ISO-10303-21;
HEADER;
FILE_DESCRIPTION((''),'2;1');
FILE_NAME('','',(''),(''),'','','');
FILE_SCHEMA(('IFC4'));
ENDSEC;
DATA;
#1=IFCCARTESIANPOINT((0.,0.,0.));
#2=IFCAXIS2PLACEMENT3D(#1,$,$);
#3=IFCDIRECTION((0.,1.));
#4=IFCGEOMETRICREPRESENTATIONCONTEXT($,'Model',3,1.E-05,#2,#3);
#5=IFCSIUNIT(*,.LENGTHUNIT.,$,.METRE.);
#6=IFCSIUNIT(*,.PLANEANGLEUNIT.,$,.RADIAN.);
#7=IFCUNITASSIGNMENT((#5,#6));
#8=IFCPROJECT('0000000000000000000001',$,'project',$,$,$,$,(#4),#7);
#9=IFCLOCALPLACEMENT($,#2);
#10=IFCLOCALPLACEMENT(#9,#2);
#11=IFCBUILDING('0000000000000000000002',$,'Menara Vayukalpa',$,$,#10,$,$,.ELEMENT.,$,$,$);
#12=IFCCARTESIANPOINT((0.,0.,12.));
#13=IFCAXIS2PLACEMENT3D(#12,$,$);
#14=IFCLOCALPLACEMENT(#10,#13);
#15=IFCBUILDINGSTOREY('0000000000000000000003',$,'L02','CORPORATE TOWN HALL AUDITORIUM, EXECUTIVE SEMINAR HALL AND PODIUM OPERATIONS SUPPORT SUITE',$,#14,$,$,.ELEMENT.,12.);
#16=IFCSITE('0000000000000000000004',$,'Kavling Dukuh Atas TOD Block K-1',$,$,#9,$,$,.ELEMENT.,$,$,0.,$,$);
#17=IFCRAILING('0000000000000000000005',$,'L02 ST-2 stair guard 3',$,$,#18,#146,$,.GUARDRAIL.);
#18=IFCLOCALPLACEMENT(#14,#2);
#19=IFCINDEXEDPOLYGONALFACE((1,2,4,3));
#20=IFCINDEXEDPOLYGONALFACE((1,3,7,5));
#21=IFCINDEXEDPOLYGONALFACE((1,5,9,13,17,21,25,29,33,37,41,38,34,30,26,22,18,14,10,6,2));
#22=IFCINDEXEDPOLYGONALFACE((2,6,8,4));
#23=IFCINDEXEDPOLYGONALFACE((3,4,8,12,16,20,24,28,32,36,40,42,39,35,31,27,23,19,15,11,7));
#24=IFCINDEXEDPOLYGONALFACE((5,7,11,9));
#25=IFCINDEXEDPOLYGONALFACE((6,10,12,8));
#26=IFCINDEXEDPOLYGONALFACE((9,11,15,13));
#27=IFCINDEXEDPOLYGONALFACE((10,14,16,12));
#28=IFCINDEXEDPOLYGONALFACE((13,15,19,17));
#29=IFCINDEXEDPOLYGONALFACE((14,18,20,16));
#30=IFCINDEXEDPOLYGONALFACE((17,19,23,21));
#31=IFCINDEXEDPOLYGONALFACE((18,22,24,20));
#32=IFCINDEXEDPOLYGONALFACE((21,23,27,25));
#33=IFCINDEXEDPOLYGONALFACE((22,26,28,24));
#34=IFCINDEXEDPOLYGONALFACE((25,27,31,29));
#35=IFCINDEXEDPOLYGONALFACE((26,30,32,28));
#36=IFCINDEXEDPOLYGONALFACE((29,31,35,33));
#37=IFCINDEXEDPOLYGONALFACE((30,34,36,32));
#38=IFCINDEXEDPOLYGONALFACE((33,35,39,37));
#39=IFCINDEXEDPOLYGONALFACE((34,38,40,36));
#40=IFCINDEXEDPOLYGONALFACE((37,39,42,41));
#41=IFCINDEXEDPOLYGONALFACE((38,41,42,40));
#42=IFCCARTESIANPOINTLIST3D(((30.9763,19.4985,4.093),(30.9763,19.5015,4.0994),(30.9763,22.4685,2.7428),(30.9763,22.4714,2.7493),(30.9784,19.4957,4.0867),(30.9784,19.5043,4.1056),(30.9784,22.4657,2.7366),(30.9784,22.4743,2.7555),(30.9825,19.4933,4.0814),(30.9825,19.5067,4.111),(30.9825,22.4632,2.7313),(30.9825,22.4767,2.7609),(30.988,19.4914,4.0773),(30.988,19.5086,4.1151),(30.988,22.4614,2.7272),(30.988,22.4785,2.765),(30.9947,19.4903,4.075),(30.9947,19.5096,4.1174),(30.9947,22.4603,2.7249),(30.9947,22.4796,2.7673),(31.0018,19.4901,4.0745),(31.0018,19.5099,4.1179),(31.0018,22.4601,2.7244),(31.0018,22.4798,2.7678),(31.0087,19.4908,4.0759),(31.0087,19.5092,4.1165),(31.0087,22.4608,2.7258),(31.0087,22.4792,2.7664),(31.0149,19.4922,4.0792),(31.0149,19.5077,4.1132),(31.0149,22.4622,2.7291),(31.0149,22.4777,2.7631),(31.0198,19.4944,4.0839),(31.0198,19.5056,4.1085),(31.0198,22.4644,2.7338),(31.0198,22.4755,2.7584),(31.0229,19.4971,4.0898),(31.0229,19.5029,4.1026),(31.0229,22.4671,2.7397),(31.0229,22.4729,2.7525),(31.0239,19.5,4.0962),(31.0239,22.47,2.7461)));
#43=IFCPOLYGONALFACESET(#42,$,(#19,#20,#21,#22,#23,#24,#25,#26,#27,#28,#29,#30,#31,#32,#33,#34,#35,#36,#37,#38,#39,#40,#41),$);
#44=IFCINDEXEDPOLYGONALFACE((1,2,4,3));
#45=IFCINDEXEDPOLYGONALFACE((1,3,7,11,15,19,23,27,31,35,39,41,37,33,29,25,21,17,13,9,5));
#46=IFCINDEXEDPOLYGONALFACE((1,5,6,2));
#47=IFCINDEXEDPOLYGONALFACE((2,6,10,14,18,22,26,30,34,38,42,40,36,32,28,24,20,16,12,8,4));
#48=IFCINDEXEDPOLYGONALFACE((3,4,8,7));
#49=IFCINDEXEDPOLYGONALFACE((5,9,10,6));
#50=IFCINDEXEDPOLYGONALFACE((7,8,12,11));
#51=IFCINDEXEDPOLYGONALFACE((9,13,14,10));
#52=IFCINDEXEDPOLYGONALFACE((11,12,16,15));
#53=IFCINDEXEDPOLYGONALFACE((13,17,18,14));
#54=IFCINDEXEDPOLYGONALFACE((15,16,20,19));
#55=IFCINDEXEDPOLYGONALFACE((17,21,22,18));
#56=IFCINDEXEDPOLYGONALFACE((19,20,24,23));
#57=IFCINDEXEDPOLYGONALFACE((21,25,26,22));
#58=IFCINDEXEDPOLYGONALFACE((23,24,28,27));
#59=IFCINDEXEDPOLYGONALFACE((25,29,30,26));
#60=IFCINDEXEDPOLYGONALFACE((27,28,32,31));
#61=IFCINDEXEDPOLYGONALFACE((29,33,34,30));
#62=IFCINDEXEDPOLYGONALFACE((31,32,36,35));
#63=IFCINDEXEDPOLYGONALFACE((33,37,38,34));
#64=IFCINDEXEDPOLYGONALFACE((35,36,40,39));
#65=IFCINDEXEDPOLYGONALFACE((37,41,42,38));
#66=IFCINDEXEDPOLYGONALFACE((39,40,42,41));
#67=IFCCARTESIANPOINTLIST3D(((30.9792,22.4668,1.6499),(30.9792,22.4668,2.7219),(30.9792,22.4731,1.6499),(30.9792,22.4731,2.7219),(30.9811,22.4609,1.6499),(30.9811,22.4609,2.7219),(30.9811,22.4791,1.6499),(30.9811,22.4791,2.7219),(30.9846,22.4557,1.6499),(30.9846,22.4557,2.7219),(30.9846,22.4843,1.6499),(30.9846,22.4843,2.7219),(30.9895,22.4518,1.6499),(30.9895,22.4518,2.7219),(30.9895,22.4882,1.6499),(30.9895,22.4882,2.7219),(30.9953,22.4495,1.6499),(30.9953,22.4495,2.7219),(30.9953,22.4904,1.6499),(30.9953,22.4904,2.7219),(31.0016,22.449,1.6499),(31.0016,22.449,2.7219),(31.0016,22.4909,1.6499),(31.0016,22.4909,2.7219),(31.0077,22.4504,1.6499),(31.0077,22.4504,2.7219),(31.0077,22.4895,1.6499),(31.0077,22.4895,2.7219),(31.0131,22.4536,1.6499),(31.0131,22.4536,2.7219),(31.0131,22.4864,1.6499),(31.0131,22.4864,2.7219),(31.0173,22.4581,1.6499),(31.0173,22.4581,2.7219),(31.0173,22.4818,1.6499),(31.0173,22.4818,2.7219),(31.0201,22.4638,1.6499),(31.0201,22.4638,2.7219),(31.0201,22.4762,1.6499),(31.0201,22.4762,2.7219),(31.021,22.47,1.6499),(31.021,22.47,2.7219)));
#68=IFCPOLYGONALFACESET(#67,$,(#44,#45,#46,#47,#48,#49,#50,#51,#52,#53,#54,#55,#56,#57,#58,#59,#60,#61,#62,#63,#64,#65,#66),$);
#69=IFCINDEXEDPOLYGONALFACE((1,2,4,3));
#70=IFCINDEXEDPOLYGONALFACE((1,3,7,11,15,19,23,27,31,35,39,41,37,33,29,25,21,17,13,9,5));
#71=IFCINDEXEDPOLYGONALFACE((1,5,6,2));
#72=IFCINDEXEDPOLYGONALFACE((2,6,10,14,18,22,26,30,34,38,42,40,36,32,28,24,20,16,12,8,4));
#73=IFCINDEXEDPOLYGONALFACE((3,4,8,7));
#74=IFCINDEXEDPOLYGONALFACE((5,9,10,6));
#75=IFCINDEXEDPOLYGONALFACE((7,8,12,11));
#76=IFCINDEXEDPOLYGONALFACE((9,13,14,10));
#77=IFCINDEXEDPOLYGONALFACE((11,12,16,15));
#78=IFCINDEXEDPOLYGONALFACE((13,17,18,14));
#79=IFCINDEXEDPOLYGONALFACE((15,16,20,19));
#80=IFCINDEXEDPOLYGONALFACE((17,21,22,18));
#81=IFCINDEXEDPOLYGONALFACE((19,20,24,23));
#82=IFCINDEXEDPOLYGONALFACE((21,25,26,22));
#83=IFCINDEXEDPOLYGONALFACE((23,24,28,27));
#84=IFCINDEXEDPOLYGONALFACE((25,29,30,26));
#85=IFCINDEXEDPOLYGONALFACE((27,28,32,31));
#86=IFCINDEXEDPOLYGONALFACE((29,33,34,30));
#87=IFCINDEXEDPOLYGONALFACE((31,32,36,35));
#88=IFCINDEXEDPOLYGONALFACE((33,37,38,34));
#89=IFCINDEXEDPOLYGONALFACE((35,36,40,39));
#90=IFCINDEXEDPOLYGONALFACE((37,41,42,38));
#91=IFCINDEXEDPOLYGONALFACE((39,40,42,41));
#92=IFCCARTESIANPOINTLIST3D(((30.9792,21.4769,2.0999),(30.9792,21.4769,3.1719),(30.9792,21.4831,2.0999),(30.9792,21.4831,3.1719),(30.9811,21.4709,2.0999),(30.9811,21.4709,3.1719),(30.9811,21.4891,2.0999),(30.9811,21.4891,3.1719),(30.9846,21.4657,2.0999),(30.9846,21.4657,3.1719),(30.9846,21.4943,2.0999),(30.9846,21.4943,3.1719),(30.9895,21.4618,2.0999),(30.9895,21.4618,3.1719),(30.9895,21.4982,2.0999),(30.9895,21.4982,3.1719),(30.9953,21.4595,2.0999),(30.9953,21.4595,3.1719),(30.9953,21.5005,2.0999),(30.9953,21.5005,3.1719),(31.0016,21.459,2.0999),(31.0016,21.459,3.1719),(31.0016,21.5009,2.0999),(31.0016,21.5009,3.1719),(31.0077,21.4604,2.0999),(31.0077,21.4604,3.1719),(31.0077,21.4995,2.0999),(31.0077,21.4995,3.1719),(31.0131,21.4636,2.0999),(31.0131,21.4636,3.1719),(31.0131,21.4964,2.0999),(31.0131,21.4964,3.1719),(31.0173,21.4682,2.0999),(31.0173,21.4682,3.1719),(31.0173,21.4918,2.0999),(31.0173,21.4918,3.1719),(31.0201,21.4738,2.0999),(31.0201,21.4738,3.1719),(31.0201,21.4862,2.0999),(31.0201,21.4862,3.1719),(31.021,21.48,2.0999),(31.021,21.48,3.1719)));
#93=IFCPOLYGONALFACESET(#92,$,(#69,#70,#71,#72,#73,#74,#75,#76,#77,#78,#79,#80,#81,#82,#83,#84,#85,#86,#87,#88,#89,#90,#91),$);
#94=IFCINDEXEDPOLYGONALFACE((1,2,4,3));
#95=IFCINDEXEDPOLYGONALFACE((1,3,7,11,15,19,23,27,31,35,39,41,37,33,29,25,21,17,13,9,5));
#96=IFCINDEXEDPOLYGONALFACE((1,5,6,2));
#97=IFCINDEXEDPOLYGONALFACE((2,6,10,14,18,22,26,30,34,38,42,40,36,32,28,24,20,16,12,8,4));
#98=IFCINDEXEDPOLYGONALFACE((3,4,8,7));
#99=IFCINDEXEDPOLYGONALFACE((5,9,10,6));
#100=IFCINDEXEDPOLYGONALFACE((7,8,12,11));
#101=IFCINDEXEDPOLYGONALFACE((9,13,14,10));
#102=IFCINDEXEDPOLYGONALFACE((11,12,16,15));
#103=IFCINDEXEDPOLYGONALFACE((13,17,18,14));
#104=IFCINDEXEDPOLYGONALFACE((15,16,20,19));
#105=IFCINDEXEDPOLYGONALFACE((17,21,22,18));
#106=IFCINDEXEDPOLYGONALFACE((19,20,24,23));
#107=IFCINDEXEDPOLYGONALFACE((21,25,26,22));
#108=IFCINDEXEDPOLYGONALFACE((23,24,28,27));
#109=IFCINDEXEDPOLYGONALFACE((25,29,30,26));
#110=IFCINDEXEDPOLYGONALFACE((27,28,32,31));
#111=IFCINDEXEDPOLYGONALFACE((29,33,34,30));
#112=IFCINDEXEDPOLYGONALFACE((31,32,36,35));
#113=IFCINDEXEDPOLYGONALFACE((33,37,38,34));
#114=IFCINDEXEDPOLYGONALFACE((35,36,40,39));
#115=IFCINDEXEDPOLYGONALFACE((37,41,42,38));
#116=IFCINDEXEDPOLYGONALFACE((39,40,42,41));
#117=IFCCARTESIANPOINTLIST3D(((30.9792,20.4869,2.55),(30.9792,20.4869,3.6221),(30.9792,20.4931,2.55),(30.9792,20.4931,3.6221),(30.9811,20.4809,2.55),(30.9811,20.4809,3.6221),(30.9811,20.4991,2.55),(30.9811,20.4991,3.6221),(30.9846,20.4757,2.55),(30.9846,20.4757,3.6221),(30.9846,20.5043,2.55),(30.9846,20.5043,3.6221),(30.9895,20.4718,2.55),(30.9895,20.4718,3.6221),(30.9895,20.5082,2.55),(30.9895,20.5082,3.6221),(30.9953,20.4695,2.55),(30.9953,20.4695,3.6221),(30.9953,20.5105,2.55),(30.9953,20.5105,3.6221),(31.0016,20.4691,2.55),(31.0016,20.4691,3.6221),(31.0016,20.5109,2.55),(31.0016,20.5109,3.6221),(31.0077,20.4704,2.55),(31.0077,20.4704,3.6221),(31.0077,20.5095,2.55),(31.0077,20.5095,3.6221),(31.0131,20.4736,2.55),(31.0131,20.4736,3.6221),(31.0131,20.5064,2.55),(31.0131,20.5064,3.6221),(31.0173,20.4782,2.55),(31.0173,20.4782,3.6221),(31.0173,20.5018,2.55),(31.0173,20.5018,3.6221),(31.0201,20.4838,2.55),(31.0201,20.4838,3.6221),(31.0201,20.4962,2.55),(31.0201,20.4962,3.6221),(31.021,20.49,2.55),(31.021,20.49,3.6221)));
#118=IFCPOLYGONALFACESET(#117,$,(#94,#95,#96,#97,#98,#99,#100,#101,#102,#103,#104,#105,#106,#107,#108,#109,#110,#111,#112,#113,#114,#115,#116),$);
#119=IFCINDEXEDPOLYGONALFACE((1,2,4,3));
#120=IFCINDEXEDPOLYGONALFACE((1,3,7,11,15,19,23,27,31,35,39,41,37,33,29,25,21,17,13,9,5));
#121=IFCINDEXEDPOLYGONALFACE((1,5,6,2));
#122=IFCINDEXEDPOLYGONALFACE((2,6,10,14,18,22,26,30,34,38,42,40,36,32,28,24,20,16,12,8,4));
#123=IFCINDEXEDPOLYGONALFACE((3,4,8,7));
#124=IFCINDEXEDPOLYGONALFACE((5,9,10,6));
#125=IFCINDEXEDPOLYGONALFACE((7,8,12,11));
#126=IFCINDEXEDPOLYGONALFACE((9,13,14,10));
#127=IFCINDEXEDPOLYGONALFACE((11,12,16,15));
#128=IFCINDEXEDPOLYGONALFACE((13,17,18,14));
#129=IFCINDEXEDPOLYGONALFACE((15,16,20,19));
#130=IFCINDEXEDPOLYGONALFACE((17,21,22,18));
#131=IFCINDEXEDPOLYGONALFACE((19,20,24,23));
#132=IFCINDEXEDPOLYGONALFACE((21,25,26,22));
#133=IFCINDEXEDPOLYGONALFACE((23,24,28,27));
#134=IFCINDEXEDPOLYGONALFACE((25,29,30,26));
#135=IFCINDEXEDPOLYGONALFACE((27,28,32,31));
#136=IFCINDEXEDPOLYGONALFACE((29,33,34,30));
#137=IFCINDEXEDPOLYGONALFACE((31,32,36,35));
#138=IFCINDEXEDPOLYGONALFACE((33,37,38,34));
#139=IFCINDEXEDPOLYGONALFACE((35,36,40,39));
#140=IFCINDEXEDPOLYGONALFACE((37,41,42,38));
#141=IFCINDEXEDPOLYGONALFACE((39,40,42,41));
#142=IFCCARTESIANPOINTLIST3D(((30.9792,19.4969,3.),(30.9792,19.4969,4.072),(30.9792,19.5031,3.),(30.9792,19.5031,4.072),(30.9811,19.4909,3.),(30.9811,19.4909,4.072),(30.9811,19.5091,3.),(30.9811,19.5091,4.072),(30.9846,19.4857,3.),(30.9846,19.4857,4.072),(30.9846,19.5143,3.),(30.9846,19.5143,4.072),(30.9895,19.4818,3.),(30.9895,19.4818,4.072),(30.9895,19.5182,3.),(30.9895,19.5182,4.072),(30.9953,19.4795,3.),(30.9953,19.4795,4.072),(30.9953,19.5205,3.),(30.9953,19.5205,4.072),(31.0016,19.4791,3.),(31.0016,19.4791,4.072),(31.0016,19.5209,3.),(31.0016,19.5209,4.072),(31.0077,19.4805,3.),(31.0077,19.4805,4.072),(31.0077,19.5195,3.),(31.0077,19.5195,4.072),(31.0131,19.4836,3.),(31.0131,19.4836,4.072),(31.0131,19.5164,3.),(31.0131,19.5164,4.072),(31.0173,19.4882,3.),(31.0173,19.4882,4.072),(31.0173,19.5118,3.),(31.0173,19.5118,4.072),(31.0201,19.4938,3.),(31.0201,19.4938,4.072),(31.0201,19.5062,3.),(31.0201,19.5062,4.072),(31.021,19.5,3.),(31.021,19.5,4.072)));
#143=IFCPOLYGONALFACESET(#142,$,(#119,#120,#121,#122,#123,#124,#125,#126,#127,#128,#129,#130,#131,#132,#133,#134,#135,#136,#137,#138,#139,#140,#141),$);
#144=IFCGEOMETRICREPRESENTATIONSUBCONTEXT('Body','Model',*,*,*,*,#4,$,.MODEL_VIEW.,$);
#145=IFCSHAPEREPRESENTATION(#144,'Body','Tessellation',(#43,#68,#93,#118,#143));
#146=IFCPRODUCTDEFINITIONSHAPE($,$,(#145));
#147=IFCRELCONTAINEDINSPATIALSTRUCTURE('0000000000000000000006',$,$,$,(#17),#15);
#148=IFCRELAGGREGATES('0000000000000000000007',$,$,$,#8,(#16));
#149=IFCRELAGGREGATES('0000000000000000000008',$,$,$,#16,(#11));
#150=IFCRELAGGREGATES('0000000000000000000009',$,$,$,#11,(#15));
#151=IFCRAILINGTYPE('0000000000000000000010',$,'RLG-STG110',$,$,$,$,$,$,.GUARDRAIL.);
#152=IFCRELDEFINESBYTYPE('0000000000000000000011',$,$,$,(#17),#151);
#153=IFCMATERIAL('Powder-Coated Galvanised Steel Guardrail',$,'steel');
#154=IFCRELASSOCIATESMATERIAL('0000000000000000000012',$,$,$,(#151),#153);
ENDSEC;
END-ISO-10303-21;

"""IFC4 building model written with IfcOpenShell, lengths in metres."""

from ifc_helpers import new_model, si_unit, direction, frame, origin, origin_2d, place, context, subcontext, project, spatial, circle, extrude, material, type_object, element, save


model = new_model("IFC4")

# Units and contexts
model_context = context("Model", 3, precision=1e-05, world=origin(), true_north=direction((0.0, 1.0)))
body_context = subcontext(model_context, "Body", "Model", "MODEL_VIEW")
ifc_project = project(units=[si_unit("LENGTHUNIT", "METRE"), si_unit("PLANEANGLEUNIT", "RADIAN")], contexts=[model_context])

# Site, building, storey
site_placement = place(None, origin())
site = spatial("IfcSite", under=ifc_project, at=site_placement, Name="Kavling Dukuh Atas TOD Block K-1", CompositionType="ELEMENT", RefElevation=0.0)
building_placement = place(site_placement, origin())
building = spatial("IfcBuilding", under=site, at=building_placement, Name="Menara Vayukalpa", CompositionType="ELEMENT")
storey_placement = place(building_placement, frame((0.0, 0.0, 12.0)))
storey = spatial("IfcBuildingStorey", under=building, at=storey_placement, Name="L02", Description="CORPORATE TOWN HALL AUDITORIUM, EXECUTIVE SEMINAR HALL AND PODIUM OPERATIONS SUPPORT SUITE", CompositionType="ELEMENT", Elevation=12.0)

# Railing
ifc_material_1 = material(Name="Powder-Coated Galvanised Steel Guardrail", Category="steel")
railing_type_1 = type_object("IfcRailingType", Name="RLG-STG110", PredefinedType="GUARDRAIL", material=ifc_material_1)
railing_1_placement = place(storey_placement, frame((31.0, 22.47, 1.6499)))
element("IfcRailing", 1, at=railing_1_placement, inside=storey, type_object=railing_type_1, Name="L02 ST-2 stair guard 3", PredefinedType="GUARDRAIL", context=body_context, shape_type="SweptSolid", body=[
    extrude(circle(Radius=0.0239, at=origin_2d()), frame((0.0, 0.0, 1.0962), z_axis=(0.0, -0.910354, 0.413831), x_axis=(1.0, 0.0, 0.0)), (0.0, 0.0, 1.0), 3.2625),
    extrude(circle(Radius=0.021, at=origin_2d()), origin(), (0.0, 0.0, 1.0), 1.072),
    extrude(circle(Radius=0.021, at=origin_2d()), frame((0.0, -0.99, 0.45)), (0.0, 0.0, 1.0), 1.072),
    extrude(circle(Radius=0.021, at=origin_2d()), frame((0.0, -1.98, 0.9001)), (0.0, 0.0, 1.0), 1.072),
    extrude(circle(Radius=0.021, at=origin_2d()), frame((0.0, -2.97, 1.3501)), (0.0, 0.0, 1.0), 1.072),
])

save(model, "model.ifc")
